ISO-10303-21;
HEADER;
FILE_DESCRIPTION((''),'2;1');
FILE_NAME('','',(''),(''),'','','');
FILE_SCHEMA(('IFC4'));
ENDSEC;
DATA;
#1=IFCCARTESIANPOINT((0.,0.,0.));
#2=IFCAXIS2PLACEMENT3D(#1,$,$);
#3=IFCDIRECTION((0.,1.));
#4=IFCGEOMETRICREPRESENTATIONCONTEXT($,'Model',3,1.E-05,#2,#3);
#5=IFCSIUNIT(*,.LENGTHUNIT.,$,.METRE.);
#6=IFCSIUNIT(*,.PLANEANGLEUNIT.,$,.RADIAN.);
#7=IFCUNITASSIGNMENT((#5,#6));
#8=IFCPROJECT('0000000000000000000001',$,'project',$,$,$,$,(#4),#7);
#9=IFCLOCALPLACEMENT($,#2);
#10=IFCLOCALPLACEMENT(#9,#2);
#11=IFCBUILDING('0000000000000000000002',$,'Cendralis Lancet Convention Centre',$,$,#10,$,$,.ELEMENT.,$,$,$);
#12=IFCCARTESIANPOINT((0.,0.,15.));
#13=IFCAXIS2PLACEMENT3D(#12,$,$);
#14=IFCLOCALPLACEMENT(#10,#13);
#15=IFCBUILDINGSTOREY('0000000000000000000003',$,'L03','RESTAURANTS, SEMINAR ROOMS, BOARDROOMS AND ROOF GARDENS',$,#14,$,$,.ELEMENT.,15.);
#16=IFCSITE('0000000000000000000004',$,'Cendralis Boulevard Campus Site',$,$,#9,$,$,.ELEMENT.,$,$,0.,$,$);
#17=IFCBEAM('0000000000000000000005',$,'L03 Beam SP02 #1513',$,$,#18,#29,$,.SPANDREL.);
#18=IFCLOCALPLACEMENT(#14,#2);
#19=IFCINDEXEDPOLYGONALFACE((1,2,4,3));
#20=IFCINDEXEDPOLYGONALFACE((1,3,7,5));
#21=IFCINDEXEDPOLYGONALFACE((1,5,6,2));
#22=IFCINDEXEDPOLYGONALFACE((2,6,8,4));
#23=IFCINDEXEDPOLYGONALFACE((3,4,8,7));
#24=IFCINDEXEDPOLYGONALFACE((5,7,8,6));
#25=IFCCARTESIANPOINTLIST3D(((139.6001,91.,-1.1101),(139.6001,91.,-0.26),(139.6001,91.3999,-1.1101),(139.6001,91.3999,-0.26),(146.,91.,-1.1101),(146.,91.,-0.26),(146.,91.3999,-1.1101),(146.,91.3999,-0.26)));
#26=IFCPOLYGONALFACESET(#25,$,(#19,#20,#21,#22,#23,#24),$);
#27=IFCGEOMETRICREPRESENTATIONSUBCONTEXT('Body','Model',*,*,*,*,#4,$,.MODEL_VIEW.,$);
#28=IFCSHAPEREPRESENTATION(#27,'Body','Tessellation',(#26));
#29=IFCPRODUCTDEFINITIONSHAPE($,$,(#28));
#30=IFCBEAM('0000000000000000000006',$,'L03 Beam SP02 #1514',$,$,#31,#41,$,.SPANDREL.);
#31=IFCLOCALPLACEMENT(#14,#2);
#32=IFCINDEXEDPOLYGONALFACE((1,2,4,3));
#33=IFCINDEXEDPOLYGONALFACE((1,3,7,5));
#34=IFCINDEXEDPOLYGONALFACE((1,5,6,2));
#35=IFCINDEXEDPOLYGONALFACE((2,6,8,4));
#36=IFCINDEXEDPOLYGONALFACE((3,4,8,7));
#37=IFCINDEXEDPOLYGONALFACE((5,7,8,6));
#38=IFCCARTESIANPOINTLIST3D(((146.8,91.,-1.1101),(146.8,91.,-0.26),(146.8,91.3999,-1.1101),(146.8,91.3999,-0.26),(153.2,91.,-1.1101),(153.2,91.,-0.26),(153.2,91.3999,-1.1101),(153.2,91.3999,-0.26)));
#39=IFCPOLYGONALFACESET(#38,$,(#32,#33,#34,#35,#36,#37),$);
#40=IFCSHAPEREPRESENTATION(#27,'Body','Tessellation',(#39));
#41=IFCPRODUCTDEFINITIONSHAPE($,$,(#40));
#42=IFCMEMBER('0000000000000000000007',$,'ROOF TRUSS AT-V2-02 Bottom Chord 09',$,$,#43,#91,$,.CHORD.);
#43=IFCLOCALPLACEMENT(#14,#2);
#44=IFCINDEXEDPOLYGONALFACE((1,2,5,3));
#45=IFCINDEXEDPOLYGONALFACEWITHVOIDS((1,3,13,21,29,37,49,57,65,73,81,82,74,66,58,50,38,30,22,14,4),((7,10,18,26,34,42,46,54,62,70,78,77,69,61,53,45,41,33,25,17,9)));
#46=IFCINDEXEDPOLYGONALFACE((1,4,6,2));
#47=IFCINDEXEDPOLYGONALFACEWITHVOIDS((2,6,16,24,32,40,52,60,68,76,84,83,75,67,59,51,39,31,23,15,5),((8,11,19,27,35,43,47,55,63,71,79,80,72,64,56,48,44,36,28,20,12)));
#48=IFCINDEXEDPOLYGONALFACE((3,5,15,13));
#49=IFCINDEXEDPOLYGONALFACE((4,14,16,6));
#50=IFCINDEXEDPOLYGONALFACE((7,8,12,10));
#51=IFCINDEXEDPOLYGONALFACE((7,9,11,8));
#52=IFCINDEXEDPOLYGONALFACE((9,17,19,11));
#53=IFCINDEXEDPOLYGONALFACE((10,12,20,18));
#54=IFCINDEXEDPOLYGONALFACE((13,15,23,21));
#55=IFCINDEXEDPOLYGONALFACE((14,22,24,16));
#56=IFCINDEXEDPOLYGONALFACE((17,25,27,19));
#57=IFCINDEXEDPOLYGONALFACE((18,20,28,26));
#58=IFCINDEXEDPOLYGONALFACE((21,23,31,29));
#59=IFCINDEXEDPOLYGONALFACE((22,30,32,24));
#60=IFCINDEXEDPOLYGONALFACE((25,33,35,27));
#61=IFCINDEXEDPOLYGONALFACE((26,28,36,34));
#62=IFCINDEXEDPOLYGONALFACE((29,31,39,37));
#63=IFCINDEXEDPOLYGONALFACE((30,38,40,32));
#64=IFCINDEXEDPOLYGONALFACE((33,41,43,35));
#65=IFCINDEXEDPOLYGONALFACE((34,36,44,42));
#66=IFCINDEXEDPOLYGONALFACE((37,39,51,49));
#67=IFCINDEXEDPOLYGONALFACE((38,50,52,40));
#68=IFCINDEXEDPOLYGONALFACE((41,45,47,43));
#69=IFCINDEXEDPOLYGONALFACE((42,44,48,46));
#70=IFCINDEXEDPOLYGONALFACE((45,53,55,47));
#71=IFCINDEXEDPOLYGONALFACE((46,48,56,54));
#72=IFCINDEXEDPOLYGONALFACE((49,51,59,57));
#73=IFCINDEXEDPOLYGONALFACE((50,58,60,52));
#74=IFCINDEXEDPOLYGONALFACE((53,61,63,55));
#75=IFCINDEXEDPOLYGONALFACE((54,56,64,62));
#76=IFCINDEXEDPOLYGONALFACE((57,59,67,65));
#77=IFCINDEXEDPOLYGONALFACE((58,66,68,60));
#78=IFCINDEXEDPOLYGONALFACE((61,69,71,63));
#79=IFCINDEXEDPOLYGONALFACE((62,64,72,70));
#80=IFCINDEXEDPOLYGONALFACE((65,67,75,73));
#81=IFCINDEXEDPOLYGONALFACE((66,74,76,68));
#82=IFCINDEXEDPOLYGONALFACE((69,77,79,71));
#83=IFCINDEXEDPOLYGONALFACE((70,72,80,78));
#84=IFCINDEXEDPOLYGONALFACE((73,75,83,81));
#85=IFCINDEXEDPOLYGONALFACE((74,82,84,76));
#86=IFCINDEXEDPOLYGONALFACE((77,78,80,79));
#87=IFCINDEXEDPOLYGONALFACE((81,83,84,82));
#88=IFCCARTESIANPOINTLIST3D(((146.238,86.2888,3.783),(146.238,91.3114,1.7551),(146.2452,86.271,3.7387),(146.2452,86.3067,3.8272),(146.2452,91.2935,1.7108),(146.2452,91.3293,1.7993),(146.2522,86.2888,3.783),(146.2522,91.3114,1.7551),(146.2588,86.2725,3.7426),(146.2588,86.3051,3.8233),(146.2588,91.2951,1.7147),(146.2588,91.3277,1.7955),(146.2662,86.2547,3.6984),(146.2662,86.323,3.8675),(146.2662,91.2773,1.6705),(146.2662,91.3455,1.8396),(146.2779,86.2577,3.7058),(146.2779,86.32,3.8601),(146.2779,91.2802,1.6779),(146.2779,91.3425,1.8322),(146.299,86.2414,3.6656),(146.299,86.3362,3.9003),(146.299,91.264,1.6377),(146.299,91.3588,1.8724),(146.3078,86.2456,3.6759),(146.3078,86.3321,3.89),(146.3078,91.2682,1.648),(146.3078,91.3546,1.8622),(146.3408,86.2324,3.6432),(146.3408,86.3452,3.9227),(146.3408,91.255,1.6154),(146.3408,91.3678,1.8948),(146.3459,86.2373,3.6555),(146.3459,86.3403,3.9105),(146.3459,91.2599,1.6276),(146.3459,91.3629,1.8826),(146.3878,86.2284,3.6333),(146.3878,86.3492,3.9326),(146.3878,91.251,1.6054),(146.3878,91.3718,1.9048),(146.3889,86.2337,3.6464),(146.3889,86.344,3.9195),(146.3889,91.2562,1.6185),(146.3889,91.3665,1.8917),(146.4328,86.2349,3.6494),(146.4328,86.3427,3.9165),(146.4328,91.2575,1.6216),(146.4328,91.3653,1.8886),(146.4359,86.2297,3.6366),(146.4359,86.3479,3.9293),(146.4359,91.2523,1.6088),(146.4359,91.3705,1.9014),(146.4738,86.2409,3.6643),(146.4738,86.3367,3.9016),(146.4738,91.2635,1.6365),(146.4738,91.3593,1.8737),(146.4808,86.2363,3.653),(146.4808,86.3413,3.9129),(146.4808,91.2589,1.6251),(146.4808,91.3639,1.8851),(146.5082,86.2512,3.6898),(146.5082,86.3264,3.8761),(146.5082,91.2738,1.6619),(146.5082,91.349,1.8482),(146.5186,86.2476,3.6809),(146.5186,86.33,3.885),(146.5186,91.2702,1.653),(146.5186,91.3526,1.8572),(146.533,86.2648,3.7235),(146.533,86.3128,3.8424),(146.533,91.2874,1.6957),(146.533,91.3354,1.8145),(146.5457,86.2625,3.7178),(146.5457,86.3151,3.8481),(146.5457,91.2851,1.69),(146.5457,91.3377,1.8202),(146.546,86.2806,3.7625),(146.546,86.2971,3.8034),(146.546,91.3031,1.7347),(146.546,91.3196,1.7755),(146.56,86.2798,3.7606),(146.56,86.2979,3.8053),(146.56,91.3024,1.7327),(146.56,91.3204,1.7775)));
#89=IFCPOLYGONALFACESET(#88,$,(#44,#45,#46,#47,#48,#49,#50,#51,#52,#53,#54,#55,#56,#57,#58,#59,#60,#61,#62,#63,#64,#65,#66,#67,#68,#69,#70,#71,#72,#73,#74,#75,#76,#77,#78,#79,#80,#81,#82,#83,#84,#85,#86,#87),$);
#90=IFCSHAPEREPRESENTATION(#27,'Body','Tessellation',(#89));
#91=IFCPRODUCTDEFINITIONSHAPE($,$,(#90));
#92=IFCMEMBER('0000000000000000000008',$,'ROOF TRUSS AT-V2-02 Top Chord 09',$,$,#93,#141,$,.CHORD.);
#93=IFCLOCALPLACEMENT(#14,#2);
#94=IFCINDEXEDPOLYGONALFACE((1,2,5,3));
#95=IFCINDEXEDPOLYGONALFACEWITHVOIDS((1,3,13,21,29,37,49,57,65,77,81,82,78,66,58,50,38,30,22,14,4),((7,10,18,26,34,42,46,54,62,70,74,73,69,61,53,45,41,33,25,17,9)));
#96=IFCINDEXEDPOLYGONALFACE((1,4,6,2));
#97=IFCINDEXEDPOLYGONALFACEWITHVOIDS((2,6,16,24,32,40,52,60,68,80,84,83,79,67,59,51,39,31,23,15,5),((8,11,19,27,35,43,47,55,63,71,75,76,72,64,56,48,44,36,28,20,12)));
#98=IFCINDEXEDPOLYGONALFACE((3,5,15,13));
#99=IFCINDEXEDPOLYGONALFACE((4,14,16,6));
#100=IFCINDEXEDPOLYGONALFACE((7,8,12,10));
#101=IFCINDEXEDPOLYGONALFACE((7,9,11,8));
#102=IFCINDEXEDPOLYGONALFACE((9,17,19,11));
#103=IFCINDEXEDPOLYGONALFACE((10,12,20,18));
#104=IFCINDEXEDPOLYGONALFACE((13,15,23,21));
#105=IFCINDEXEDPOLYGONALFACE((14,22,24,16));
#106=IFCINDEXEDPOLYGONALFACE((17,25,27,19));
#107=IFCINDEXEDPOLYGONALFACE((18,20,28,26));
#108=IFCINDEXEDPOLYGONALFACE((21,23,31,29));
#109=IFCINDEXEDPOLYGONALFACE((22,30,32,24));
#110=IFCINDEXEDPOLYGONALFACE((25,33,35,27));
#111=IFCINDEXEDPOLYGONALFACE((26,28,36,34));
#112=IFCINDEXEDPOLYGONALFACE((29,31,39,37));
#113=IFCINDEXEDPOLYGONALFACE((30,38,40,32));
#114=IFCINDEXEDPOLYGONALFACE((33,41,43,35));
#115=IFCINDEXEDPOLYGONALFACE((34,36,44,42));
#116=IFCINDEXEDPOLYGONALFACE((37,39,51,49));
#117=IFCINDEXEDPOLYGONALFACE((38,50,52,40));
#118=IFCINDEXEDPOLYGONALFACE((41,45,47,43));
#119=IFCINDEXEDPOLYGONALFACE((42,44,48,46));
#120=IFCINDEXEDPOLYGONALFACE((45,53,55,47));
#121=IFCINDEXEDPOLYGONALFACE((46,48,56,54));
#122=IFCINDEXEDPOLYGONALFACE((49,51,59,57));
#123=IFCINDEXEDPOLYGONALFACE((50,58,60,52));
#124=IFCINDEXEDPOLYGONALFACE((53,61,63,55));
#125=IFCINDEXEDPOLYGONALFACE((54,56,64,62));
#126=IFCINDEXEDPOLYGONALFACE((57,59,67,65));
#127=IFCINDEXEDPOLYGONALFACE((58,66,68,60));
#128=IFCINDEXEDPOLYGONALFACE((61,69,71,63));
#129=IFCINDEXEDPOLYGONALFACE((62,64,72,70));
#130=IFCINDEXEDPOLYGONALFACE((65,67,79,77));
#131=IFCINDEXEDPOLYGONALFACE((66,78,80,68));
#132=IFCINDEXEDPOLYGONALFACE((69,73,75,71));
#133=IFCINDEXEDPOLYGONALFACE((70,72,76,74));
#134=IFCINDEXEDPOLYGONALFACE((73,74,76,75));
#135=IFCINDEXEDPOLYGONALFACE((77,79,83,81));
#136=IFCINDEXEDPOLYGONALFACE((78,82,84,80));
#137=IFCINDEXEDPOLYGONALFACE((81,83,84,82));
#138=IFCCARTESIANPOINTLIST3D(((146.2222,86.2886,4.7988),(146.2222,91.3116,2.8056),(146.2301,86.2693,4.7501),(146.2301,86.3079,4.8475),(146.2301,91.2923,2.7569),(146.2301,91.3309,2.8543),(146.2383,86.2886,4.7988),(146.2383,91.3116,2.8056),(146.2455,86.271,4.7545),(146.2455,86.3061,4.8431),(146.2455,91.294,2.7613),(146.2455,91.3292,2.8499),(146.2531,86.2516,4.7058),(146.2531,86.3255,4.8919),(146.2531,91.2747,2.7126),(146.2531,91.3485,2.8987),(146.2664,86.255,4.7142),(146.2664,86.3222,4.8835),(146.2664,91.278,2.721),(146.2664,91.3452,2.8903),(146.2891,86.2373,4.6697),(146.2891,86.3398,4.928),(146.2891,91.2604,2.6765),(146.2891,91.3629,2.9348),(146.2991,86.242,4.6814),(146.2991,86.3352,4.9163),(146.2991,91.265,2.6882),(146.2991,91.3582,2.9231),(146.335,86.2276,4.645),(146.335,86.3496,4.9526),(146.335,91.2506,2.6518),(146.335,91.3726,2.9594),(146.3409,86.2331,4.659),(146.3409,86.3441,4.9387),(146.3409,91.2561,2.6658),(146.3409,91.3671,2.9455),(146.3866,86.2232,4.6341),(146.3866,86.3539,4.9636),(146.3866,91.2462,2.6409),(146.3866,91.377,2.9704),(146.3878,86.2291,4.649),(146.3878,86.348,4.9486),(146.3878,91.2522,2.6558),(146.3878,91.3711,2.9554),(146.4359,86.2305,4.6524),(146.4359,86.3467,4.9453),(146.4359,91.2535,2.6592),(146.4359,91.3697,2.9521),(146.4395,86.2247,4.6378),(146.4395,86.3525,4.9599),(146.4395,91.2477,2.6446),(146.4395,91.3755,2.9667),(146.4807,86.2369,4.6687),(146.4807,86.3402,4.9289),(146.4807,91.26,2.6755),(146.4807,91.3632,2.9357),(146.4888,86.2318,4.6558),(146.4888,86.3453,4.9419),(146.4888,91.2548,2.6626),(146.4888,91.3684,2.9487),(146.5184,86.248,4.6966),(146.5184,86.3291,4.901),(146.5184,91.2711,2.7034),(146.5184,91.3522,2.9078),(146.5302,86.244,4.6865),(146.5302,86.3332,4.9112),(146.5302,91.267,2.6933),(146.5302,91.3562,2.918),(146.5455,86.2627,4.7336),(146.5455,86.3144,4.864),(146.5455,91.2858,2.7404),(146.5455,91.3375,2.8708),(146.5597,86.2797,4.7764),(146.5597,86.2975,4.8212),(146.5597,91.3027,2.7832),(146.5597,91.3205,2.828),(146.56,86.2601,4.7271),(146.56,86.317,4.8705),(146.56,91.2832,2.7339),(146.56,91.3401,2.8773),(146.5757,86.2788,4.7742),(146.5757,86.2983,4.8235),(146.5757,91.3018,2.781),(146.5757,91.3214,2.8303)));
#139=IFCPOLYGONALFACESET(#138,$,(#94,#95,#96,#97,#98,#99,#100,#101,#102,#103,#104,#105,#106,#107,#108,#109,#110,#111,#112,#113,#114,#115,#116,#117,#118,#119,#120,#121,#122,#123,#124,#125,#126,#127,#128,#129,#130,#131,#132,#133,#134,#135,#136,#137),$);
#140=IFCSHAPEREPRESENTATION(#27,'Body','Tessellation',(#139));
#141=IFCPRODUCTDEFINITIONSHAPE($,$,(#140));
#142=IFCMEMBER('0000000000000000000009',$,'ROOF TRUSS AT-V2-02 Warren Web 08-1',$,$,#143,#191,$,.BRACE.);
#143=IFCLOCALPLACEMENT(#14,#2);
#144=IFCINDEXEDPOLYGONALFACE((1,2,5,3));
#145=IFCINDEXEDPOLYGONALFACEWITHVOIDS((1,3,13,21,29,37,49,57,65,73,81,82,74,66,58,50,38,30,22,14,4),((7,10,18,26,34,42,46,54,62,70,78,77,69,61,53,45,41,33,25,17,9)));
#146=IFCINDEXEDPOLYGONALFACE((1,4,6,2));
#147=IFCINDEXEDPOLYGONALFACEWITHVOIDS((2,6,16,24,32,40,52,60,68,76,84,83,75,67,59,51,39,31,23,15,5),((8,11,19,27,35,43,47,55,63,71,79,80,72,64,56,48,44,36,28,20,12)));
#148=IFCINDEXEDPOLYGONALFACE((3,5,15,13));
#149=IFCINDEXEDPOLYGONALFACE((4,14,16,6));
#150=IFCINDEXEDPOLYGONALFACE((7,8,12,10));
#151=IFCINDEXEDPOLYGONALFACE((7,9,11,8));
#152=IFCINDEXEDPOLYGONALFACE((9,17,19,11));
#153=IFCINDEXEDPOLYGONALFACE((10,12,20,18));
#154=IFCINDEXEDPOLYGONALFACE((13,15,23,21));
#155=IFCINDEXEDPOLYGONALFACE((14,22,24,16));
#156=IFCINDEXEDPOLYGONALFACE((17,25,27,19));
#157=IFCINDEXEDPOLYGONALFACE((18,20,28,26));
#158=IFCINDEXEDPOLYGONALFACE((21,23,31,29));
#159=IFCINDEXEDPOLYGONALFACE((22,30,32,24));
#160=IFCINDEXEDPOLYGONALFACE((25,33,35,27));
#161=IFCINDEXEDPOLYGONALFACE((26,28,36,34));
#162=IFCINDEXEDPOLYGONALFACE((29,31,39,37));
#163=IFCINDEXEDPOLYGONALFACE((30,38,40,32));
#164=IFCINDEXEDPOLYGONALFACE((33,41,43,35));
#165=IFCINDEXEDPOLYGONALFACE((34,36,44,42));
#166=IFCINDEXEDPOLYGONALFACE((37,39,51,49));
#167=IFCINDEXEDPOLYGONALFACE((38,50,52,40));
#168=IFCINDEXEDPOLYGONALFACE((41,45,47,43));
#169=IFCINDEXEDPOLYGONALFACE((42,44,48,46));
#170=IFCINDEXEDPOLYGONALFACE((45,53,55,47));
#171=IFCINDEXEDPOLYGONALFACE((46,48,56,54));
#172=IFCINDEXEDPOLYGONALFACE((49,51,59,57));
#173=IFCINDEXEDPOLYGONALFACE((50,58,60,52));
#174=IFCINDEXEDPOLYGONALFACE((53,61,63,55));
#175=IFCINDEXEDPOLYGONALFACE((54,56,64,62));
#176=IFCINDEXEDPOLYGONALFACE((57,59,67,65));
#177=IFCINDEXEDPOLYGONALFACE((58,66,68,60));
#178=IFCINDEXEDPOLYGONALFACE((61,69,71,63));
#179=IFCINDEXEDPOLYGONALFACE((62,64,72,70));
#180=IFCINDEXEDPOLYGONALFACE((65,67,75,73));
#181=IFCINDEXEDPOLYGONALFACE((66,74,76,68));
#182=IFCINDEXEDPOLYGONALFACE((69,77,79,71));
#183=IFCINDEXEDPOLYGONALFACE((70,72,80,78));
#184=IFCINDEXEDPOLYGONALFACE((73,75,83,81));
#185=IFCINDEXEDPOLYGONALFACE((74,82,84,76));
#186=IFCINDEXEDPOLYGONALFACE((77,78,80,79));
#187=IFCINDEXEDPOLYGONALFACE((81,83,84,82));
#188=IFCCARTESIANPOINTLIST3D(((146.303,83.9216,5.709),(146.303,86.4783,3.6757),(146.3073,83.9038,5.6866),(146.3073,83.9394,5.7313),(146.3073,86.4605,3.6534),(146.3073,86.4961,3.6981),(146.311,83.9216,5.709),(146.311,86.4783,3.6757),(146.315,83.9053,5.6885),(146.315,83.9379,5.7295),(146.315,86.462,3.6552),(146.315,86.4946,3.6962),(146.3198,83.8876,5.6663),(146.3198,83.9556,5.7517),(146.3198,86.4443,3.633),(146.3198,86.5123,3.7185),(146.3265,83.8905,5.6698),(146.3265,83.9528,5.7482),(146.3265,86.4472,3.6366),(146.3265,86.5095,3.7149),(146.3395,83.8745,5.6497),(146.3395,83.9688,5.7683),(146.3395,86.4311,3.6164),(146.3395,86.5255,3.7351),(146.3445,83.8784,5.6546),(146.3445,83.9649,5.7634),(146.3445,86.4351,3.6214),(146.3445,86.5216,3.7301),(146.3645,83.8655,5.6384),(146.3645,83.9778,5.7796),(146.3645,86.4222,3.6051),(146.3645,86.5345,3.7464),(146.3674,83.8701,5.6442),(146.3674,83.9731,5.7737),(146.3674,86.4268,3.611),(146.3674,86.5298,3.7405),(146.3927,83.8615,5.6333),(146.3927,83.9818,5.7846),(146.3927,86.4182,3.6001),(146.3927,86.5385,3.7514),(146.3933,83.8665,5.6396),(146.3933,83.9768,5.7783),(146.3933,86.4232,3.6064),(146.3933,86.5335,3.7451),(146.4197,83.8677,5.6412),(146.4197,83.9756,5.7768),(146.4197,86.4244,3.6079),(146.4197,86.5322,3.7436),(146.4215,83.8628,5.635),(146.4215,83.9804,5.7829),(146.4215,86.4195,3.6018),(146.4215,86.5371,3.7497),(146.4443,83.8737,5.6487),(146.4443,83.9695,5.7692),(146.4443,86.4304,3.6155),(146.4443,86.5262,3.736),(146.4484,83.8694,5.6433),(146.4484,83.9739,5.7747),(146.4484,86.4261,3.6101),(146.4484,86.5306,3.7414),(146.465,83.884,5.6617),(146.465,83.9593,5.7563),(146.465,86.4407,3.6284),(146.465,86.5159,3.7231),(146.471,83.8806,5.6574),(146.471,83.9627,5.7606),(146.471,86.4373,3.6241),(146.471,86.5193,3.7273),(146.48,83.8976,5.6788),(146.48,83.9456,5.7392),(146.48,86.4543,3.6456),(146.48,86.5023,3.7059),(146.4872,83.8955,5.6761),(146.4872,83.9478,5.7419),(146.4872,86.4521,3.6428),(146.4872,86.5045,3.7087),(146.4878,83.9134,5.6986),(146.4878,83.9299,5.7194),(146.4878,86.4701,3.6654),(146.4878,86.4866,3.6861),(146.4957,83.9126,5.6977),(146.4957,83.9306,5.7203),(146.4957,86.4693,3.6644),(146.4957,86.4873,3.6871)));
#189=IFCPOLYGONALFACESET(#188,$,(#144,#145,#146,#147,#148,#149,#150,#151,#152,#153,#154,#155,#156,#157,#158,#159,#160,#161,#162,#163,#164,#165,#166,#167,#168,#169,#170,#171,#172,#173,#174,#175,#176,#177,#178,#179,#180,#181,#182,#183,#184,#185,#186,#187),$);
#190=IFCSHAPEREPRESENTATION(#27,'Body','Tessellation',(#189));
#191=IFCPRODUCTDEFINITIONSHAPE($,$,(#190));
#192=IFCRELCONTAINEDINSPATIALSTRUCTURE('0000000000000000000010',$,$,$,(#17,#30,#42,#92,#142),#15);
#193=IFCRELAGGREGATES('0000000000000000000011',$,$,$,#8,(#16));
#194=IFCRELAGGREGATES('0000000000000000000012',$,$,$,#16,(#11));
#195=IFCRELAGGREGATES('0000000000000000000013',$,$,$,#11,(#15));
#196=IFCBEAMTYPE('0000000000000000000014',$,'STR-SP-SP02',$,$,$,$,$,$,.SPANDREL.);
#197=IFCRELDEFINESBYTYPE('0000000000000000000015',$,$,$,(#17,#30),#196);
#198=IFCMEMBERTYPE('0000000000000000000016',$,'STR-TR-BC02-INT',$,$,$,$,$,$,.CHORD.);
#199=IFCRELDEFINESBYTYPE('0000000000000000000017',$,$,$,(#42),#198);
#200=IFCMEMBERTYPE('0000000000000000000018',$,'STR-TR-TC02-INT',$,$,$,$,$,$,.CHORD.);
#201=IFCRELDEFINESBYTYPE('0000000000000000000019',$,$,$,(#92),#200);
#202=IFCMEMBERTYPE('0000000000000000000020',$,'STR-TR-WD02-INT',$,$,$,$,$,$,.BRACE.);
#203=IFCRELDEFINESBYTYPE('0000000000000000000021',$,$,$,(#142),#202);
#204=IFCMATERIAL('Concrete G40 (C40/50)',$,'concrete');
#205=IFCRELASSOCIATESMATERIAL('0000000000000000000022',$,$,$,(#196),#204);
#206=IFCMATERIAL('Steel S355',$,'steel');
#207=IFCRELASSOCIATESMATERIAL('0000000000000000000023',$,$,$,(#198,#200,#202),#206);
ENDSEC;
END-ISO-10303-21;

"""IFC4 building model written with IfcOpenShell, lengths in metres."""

from ifc_helpers import new_model, si_unit, direction, frame, origin, origin_2d, place, context, subcontext, project, spatial, rectangle, hollow_circle, extrude, material, material_profile, profile_set, type_object, element, save


model = new_model("IFC4")

# Units and contexts
model_context = context("Model", 3, precision=1e-05, world=origin(), true_north=direction((0.0, 1.0)))
body_context = subcontext(model_context, "Body", "Model", "MODEL_VIEW")
ifc_project = project(units=[si_unit("LENGTHUNIT", "METRE"), si_unit("PLANEANGLEUNIT", "RADIAN")], contexts=[model_context])

# Site, building, storey
site_placement = place(None, origin())
site = spatial("IfcSite", under=ifc_project, at=site_placement, Name="Cendralis Boulevard Campus Site", CompositionType="ELEMENT", RefElevation=0.0)
building_placement = place(site_placement, origin())
building = spatial("IfcBuilding", under=site, at=building_placement, Name="Cendralis Lancet Convention Centre", CompositionType="ELEMENT")
storey_placement = place(building_placement, frame((0.0, 0.0, 15.0)))
storey = spatial("IfcBuildingStorey", under=building, at=storey_placement, Name="L03", Description="RESTAURANTS, SEMINAR ROOMS, BOARDROOMS AND ROOF GARDENS", CompositionType="ELEMENT", Elevation=15.0)

# Shared definitions
ifc_material_1 = material(Name="Concrete G40 (C40/50)", Category="concrete")
ifc_material_2 = material(Name="Steel S355", Category="steel")

# Beams
ifc_material_profile_1 = material_profile(ifc_material_1, rectangle(XDim=0.3999, YDim=0.8501, at=origin_2d()), Name="RCB 400x850")
ifc_profile_set_1 = profile_set([ifc_material_profile_1], Name="Concrete G40 (C40/50)")
beam_type_1 = type_object("IfcBeamType", Name="STR-SP-SP02", PredefinedType="SPANDREL", material=ifc_profile_set_1)
for number, where, z_axis, x_axis, name in (
    (1, (139.6001, 91.2, -0.6851), (1.0, 0.0, 0.0), (0.0, 1.0, 0.0), "L03 Beam SP02 #1513"),
    (2, (146.8, 91.2, -0.6851), (1.0, 0.0, 0.0), (0.0, 1.0, 0.0), "L03 Beam SP02 #1514"),
):
    element("IfcBeam", number, at=place(storey_placement, frame(where, z_axis=z_axis, x_axis=x_axis)), inside=storey, type_object=beam_type_1, Name=name, PredefinedType="SPANDREL", context=body_context, shape_type="SweptSolid", body=[
        extrude(rectangle(XDim=0.3999, YDim=0.8501, at=origin_2d()), origin(), (0.0, 0.0, 1.0), 6.3999),
    ])

# Members
ifc_material_profile_2 = material_profile(ifc_material_2, hollow_circle(Radius=0.1619, WallThickness=0.0142, at=origin_2d()), Name="CHS 323.9x14.2")
ifc_profile_set_2 = profile_set([ifc_material_profile_2], Name="Steel S355")
member_type_1 = type_object("IfcMemberType", Name="STR-TR-BC02-INT", PredefinedType="CHORD", material=ifc_profile_set_2)
member_1_placement = place(storey_placement, frame((146.3999, 86.2888, 3.783), z_axis=(0.0, 0.927272, -0.374389), x_axis=(-1.0, 0.0, 0.0)))
element("IfcMember", 3, at=member_1_placement, inside=storey, type_object=member_type_1, Name="ROOF TRUSS AT-V2-02 Bottom Chord 09", PredefinedType="CHORD", context=body_context, shape_type="SweptSolid", body=[
    extrude(hollow_circle(Radius=0.1619, WallThickness=0.0142, at=origin_2d()), origin(), (0.0, 0.0, 1.0), 5.4165),
])
ifc_material_profile_3 = material_profile(ifc_material_2, hollow_circle(Radius=0.1777, WallThickness=0.0161, at=origin_2d()), Name="CHS 355.6x16.0")
ifc_profile_set_3 = profile_set([ifc_material_profile_3], Name="Steel S355")
member_type_2 = type_object("IfcMemberType", Name="STR-TR-TC02-INT", PredefinedType="CHORD", material=ifc_profile_set_3)
member_2_placement = place(storey_placement, frame((146.3999, 86.2886, 4.7988), z_axis=(0.0, 0.929495, -0.368834), x_axis=(-1.0, 0.0, 0.0)))
element("IfcMember", 4, at=member_2_placement, inside=storey, type_object=member_type_2, Name="ROOF TRUSS AT-V2-02 Top Chord 09", PredefinedType="CHORD", context=body_context, shape_type="SweptSolid", body=[
    extrude(hollow_circle(Radius=0.1777, WallThickness=0.0161, at=origin_2d()), origin(), (0.0, 0.0, 1.0), 5.4041),
])
ifc_material_profile_4 = material_profile(ifc_material_2, hollow_circle(Radius=0.0969, WallThickness=0.0081, at=origin_2d()), Name="CHS 193.7x8.0")
ifc_profile_set_4 = profile_set([ifc_material_profile_4], Name="Steel S355")
member_type_3 = type_object("IfcMemberType", Name="STR-TR-WD02-INT", PredefinedType="BRACE", material=ifc_profile_set_4)
member_3_placement = place(storey_placement, frame((146.3999, 83.9216, 5.709), z_axis=(0.0, 0.782674, -0.622432), x_axis=(-1.0, 0.0, 0.0)))
element("IfcMember", 5, at=member_3_placement, inside=storey, type_object=member_type_3, Name="ROOF TRUSS AT-V2-02 Warren Web 08-1", PredefinedType="BRACE", context=body_context, shape_type="SweptSolid", body=[
    extrude(hollow_circle(Radius=0.0969, WallThickness=0.0081, at=origin_2d()), origin(), (0.0, 0.0, 1.0), 3.2666),
])

save(model, "model.ifc")
